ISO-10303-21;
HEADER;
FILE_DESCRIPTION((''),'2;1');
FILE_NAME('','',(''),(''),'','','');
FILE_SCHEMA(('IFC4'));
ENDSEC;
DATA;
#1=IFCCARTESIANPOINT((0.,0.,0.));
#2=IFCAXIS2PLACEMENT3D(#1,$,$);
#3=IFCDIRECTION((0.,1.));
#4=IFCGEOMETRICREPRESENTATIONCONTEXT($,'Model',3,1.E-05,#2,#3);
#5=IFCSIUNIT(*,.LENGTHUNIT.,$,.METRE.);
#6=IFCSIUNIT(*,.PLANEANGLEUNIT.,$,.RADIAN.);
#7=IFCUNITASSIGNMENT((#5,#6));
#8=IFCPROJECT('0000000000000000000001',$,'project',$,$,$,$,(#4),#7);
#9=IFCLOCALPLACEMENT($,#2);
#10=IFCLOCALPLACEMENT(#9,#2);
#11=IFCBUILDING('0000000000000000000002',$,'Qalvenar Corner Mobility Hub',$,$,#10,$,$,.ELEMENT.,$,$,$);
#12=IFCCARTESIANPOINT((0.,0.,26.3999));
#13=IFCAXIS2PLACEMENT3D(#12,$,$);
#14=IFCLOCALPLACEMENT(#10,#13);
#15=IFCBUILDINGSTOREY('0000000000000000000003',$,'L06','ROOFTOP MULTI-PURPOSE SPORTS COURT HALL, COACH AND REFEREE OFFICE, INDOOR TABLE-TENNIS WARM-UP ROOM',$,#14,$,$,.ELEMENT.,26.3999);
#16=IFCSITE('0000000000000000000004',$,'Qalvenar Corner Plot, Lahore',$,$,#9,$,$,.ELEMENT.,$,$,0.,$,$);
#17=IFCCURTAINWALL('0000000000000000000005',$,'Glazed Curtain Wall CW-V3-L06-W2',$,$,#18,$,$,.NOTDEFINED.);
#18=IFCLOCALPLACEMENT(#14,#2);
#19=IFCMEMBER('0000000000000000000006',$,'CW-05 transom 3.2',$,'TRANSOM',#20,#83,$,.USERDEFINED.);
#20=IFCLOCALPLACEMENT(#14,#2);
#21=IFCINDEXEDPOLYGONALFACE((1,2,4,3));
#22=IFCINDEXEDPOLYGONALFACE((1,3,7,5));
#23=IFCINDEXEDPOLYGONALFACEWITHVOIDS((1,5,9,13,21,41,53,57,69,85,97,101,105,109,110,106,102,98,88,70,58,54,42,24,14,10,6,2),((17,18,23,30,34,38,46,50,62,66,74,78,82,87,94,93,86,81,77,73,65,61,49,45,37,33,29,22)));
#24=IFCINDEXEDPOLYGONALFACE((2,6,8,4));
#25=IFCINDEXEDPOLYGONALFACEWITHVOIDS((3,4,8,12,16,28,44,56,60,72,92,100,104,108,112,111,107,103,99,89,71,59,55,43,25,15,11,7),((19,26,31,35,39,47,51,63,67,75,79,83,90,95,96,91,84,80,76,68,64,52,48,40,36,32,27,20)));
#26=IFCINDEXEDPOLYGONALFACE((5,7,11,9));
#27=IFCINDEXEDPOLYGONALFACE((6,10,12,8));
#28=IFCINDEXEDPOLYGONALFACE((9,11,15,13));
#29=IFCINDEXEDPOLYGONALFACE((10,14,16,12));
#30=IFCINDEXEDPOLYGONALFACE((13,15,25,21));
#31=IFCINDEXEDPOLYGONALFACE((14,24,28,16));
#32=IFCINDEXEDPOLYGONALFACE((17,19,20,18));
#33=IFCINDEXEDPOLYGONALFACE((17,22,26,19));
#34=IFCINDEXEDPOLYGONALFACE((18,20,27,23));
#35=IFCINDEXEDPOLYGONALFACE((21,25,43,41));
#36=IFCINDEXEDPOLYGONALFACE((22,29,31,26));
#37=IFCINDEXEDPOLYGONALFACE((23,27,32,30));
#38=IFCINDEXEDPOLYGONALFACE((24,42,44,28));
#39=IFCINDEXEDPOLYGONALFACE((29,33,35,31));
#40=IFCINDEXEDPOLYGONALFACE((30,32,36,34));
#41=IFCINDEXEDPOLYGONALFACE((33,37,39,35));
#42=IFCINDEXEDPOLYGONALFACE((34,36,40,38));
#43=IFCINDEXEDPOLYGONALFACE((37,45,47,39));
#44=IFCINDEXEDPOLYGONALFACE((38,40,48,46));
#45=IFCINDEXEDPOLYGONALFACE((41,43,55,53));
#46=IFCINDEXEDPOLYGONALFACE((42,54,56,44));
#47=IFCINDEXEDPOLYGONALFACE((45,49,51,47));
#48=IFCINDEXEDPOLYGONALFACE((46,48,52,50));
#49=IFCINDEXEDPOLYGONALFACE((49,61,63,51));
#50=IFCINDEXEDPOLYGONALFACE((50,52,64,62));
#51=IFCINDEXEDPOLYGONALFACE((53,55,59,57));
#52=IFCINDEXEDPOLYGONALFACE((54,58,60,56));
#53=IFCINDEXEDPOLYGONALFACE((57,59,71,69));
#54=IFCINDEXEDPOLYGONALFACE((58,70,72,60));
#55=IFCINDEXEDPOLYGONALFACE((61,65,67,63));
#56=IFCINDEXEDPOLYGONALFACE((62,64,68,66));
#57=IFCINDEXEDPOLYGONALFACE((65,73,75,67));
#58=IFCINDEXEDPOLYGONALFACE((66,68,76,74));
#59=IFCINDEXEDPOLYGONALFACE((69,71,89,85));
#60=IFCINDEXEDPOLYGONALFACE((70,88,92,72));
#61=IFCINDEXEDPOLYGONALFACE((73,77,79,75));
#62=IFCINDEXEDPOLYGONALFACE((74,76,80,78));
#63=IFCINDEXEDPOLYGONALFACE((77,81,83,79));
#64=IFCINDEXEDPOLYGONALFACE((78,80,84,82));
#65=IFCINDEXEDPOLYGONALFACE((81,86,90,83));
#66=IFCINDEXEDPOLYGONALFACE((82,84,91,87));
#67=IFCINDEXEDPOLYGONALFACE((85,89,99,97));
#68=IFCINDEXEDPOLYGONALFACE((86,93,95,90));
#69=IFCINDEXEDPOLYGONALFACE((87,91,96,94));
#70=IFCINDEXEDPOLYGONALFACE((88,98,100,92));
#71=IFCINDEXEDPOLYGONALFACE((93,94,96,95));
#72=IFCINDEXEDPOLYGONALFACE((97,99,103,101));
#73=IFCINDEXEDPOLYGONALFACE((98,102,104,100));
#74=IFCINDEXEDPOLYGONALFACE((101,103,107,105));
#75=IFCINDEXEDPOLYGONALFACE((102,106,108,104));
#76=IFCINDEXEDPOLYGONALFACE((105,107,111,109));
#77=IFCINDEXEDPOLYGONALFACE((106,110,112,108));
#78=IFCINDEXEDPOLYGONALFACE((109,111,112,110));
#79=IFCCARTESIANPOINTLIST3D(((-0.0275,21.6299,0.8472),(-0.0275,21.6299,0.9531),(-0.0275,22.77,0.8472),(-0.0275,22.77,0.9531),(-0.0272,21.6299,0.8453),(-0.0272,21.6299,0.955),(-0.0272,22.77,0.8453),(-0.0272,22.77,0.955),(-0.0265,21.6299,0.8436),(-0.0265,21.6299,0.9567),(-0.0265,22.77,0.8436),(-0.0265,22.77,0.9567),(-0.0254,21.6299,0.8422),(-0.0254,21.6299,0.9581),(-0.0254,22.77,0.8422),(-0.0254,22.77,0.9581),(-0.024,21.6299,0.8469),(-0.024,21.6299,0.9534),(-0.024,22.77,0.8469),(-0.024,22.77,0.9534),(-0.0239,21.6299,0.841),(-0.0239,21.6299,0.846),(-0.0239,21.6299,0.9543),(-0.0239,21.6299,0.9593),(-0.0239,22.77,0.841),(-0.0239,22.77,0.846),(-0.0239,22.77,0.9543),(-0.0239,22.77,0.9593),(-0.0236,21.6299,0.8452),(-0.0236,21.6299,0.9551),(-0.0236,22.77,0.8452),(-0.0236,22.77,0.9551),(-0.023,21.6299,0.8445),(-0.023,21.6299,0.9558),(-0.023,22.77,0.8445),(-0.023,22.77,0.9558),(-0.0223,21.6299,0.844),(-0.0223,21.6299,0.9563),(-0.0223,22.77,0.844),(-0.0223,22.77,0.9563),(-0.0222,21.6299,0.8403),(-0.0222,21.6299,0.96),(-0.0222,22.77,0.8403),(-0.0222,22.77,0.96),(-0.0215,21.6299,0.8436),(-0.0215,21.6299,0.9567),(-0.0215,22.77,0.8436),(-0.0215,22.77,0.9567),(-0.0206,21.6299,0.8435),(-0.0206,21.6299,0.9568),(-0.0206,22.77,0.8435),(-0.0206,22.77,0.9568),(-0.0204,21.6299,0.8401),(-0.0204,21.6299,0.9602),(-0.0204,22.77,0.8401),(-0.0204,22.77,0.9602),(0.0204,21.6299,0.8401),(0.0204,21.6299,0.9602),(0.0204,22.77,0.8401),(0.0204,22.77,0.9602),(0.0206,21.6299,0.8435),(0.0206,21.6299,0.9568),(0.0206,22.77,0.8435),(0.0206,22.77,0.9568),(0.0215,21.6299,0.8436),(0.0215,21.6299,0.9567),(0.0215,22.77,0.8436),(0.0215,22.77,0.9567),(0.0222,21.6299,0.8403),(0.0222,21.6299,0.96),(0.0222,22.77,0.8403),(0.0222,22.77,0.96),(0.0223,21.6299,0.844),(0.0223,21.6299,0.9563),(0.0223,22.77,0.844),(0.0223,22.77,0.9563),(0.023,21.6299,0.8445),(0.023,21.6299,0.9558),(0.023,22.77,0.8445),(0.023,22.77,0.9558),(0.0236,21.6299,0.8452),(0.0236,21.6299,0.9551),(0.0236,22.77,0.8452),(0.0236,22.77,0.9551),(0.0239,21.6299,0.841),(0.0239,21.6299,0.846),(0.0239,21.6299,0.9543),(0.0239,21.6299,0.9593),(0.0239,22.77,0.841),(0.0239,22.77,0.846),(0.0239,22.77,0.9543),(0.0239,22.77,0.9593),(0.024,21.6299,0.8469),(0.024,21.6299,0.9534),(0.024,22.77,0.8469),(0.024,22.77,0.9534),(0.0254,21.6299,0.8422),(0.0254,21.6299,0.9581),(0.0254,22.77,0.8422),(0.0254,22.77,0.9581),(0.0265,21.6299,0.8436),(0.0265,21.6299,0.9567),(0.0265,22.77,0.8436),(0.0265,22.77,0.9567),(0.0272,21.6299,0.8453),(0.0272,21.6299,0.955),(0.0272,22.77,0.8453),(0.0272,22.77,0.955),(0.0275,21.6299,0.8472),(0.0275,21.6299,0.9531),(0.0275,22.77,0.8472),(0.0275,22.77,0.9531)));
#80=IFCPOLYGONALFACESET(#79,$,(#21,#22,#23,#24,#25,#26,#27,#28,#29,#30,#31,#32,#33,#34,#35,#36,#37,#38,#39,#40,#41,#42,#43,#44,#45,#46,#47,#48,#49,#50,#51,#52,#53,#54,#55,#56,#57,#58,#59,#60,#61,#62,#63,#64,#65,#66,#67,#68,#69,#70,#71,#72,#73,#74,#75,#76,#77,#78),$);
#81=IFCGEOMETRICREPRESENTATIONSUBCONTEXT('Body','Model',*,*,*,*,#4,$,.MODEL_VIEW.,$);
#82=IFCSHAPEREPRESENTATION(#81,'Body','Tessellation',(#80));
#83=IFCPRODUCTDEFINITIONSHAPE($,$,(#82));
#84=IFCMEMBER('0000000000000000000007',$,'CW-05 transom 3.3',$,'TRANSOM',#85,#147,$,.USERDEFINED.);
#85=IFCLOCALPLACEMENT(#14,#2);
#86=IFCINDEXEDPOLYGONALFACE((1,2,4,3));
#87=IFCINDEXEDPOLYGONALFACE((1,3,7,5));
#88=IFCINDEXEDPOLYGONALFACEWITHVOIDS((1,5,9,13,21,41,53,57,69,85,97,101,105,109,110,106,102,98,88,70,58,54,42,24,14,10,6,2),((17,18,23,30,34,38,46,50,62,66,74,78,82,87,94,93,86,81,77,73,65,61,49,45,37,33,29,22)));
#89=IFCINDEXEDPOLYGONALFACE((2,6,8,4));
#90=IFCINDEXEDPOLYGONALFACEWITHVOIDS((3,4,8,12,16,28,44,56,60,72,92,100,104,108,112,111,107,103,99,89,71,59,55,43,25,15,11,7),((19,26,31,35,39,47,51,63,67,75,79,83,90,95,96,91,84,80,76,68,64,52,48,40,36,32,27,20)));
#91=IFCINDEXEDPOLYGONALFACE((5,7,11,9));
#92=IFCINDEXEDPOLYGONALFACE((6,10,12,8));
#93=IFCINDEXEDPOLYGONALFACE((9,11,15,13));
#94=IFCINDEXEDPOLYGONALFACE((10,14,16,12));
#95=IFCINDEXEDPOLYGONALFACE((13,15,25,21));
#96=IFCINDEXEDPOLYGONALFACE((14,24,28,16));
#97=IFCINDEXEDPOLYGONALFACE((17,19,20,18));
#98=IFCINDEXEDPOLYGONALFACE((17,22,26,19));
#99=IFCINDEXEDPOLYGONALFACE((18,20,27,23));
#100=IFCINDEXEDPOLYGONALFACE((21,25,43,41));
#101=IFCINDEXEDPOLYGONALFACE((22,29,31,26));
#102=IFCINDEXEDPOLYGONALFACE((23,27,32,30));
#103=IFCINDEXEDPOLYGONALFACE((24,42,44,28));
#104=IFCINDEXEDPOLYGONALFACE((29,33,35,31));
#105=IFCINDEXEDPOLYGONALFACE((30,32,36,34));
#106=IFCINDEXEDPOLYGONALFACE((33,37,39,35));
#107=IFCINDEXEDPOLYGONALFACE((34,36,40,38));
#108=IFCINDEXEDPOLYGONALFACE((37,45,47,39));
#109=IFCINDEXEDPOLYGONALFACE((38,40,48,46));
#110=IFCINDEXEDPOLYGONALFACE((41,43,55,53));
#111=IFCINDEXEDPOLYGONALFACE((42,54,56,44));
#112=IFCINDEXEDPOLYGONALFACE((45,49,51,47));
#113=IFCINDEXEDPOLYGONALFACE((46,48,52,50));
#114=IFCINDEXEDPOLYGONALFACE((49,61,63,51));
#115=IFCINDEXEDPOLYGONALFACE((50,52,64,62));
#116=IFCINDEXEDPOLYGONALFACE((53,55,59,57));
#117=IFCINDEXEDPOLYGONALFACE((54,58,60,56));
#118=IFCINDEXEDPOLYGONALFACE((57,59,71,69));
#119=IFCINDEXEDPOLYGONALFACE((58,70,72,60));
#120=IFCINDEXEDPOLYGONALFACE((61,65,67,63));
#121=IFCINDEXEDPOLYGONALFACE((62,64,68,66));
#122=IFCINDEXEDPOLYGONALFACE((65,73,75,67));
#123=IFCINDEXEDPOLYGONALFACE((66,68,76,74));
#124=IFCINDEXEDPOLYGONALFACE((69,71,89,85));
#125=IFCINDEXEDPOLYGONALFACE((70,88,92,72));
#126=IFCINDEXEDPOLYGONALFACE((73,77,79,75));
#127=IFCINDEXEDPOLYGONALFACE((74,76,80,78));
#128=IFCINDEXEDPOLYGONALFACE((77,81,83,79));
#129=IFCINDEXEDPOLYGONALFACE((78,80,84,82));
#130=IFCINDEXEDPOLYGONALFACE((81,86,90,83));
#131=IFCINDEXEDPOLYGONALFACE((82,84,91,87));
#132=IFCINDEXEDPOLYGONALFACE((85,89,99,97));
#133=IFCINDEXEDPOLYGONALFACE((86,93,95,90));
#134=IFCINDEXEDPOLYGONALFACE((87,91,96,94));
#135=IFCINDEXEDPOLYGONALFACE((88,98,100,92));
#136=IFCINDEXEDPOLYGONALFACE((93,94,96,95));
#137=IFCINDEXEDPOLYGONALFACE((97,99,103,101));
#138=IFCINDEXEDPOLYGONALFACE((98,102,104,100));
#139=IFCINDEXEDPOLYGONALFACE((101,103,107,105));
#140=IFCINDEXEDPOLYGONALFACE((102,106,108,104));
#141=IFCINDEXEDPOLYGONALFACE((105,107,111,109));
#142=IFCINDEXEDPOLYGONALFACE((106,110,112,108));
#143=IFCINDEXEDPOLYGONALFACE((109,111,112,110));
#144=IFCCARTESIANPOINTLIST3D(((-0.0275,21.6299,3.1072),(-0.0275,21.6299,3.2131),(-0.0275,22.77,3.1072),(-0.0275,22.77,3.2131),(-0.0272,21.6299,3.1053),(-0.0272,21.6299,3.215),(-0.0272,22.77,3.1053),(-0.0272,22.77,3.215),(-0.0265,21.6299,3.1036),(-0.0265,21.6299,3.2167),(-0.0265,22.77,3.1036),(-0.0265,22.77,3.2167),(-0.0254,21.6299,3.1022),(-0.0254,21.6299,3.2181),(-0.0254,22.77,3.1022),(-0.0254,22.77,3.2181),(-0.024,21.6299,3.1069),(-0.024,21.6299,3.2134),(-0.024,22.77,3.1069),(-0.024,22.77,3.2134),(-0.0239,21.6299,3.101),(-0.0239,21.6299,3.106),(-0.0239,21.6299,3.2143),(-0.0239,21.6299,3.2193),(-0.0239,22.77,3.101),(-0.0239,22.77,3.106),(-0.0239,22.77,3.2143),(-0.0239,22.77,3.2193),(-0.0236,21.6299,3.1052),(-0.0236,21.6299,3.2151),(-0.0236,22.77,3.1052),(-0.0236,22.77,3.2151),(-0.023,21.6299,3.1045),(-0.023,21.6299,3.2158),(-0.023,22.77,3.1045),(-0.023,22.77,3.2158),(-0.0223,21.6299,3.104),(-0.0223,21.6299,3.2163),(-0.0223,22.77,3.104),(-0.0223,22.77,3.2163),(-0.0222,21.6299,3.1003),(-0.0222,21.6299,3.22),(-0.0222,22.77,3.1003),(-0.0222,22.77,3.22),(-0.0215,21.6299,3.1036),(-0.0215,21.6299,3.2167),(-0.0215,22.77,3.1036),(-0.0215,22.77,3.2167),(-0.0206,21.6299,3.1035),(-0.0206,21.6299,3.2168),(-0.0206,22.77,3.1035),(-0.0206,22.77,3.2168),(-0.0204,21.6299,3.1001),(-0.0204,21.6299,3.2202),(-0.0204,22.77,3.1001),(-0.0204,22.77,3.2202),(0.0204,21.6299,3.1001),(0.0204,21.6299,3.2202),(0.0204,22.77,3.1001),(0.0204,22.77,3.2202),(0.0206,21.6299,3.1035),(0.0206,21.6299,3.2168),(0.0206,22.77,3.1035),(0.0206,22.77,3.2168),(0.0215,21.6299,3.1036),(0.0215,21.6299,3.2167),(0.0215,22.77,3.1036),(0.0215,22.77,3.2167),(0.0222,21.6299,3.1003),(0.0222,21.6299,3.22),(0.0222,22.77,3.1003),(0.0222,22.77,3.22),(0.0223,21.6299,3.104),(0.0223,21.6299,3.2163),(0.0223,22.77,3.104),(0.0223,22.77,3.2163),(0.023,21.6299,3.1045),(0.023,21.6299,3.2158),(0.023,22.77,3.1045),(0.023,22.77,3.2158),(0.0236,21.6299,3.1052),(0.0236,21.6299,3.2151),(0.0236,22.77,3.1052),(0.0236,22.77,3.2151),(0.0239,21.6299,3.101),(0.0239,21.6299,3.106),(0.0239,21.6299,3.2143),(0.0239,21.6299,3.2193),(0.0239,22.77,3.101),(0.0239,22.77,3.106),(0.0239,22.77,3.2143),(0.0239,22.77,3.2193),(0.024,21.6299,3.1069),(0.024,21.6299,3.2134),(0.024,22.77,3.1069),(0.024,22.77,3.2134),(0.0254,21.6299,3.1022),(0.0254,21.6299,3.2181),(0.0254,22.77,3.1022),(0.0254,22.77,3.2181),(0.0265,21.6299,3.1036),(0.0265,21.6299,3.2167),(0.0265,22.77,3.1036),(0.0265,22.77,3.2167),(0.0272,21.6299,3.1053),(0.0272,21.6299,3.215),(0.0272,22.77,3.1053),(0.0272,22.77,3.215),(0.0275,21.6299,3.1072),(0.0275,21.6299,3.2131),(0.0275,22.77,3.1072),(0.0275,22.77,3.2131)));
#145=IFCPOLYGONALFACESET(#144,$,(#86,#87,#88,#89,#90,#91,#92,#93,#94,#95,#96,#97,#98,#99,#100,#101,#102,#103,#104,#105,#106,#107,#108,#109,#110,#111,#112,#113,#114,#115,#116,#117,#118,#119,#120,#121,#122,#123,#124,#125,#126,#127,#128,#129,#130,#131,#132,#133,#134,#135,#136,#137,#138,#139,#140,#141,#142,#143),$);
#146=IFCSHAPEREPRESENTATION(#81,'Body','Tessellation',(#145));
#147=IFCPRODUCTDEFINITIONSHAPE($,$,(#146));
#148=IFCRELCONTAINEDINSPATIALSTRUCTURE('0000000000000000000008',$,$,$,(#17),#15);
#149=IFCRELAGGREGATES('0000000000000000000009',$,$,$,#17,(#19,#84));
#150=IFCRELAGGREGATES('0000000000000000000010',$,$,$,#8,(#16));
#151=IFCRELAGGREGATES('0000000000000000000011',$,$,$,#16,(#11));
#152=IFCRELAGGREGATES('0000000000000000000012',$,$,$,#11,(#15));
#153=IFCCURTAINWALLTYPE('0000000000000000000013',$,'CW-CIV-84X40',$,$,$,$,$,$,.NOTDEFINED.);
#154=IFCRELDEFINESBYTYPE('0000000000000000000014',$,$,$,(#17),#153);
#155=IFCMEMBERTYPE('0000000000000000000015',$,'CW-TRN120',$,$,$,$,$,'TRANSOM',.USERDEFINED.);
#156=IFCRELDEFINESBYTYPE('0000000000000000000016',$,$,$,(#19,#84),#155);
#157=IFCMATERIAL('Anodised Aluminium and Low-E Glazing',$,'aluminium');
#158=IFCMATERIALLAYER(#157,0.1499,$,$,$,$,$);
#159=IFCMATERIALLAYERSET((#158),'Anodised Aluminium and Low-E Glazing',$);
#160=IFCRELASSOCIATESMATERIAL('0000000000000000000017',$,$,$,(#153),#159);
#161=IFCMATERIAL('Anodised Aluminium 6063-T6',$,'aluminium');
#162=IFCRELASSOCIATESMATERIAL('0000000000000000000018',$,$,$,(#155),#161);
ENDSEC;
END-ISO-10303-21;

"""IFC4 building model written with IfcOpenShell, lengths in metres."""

from ifc_helpers import new_model, si_unit, direction, frame, origin, origin_2d, place, context, subcontext, project, spatial, hollow_rectangle, extrude, material, layer, layer_set, material_profile, profile_set, type_object, element, aggregate, save


model = new_model("IFC4")

# Units and contexts
model_context = context("Model", 3, precision=1e-05, world=origin(), true_north=direction((0.0, 1.0)))
body_context = subcontext(model_context, "Body", "Model", "MODEL_VIEW")
ifc_project = project(units=[si_unit("LENGTHUNIT", "METRE"), si_unit("PLANEANGLEUNIT", "RADIAN")], contexts=[model_context])

# Site, building, storey
site_placement = place(None, origin())
site = spatial("IfcSite", under=ifc_project, at=site_placement, Name="Qalvenar Corner Plot, Lahore", CompositionType="ELEMENT", RefElevation=0.0)
building_placement = place(site_placement, origin())
building = spatial("IfcBuilding", under=site, at=building_placement, Name="Qalvenar Corner Mobility Hub", CompositionType="ELEMENT")
storey_placement = place(building_placement, frame((0.0, 0.0, 26.3999)))
storey = spatial("IfcBuildingStorey", under=building, at=storey_placement, Name="L06", Description="ROOFTOP MULTI-PURPOSE SPORTS COURT HALL, COACH AND REFEREE OFFICE, INDOOR TABLE-TENNIS WARM-UP ROOM", CompositionType="ELEMENT", Elevation=26.3999)

# Curtain wall, members
ifc_material_1 = material(Name="Anodised Aluminium and Low-E Glazing", Category="aluminium")
ifc_layer_1 = layer(ifc_material_1, 0.1499)
ifc_layer_set_1 = layer_set([ifc_layer_1], Name="Anodised Aluminium and Low-E Glazing")
curtain_wall_type = type_object("IfcCurtainWallType", Name="CW-CIV-84X40", PredefinedType="NOTDEFINED", material=ifc_layer_set_1)
curtain_wall_placement = place(storey_placement, origin())
curtain_wall = element("IfcCurtainWall", 1, at=curtain_wall_placement, inside=storey, type_object=curtain_wall_type, Name="Glazed Curtain Wall CW-V3-L06-W2", PredefinedType="NOTDEFINED")
ifc_material_2 = material(Name="Anodised Aluminium 6063-T6", Category="aluminium")
ifc_material_profile_1 = material_profile(ifc_material_2, hollow_rectangle(XDim=0.0549, YDim=0.1201, WallThickness=0.0034, InnerFilletRadius=0.0034, OuterFilletRadius=0.0071, at=origin_2d()), Name="RHS120x55x3.5")
ifc_profile_set_1 = profile_set([ifc_material_profile_1], Name="Anodised Aluminium 6063-T6")
member_type_1 = type_object("IfcMemberType", Name="CW-TRN120", ElementType="TRANSOM", PredefinedType="USERDEFINED", material=ifc_profile_set_1)
member_1_placement = place(storey_placement, frame((0.0, 22.77, 0.9001), z_axis=(0.0, -1.0, 0.0), x_axis=(1.0, 0.0, 0.0)))
member_1 = element("IfcMember", 2, at=member_1_placement, type_object=member_type_1, Name="CW-05 transom 3.2", ObjectType="TRANSOM", PredefinedType="USERDEFINED", context=body_context, shape_type="SweptSolid", body=[
    extrude(hollow_rectangle(XDim=0.0549, YDim=0.1201, WallThickness=0.0034, InnerFilletRadius=0.0034, OuterFilletRadius=0.0071, at=origin_2d()), origin(), (0.0, 0.0, 1.0), 1.1401),
])
member_2_placement = place(storey_placement, frame((0.0, 22.77, 3.1602), z_axis=(0.0, -1.0, 0.0), x_axis=(1.0, 0.0, 0.0)))
member_2 = element("IfcMember", 3, at=member_2_placement, type_object=member_type_1, Name="CW-05 transom 3.3", ObjectType="TRANSOM", PredefinedType="USERDEFINED", context=body_context, shape_type="SweptSolid", body=[
    extrude(hollow_rectangle(XDim=0.0549, YDim=0.1201, WallThickness=0.0034, InnerFilletRadius=0.0034, OuterFilletRadius=0.0071, at=origin_2d()), origin(), (0.0, 0.0, 1.0), 1.1401),
])

aggregate(curtain_wall, [member_1, member_2])

save(model, "model.ifc")
